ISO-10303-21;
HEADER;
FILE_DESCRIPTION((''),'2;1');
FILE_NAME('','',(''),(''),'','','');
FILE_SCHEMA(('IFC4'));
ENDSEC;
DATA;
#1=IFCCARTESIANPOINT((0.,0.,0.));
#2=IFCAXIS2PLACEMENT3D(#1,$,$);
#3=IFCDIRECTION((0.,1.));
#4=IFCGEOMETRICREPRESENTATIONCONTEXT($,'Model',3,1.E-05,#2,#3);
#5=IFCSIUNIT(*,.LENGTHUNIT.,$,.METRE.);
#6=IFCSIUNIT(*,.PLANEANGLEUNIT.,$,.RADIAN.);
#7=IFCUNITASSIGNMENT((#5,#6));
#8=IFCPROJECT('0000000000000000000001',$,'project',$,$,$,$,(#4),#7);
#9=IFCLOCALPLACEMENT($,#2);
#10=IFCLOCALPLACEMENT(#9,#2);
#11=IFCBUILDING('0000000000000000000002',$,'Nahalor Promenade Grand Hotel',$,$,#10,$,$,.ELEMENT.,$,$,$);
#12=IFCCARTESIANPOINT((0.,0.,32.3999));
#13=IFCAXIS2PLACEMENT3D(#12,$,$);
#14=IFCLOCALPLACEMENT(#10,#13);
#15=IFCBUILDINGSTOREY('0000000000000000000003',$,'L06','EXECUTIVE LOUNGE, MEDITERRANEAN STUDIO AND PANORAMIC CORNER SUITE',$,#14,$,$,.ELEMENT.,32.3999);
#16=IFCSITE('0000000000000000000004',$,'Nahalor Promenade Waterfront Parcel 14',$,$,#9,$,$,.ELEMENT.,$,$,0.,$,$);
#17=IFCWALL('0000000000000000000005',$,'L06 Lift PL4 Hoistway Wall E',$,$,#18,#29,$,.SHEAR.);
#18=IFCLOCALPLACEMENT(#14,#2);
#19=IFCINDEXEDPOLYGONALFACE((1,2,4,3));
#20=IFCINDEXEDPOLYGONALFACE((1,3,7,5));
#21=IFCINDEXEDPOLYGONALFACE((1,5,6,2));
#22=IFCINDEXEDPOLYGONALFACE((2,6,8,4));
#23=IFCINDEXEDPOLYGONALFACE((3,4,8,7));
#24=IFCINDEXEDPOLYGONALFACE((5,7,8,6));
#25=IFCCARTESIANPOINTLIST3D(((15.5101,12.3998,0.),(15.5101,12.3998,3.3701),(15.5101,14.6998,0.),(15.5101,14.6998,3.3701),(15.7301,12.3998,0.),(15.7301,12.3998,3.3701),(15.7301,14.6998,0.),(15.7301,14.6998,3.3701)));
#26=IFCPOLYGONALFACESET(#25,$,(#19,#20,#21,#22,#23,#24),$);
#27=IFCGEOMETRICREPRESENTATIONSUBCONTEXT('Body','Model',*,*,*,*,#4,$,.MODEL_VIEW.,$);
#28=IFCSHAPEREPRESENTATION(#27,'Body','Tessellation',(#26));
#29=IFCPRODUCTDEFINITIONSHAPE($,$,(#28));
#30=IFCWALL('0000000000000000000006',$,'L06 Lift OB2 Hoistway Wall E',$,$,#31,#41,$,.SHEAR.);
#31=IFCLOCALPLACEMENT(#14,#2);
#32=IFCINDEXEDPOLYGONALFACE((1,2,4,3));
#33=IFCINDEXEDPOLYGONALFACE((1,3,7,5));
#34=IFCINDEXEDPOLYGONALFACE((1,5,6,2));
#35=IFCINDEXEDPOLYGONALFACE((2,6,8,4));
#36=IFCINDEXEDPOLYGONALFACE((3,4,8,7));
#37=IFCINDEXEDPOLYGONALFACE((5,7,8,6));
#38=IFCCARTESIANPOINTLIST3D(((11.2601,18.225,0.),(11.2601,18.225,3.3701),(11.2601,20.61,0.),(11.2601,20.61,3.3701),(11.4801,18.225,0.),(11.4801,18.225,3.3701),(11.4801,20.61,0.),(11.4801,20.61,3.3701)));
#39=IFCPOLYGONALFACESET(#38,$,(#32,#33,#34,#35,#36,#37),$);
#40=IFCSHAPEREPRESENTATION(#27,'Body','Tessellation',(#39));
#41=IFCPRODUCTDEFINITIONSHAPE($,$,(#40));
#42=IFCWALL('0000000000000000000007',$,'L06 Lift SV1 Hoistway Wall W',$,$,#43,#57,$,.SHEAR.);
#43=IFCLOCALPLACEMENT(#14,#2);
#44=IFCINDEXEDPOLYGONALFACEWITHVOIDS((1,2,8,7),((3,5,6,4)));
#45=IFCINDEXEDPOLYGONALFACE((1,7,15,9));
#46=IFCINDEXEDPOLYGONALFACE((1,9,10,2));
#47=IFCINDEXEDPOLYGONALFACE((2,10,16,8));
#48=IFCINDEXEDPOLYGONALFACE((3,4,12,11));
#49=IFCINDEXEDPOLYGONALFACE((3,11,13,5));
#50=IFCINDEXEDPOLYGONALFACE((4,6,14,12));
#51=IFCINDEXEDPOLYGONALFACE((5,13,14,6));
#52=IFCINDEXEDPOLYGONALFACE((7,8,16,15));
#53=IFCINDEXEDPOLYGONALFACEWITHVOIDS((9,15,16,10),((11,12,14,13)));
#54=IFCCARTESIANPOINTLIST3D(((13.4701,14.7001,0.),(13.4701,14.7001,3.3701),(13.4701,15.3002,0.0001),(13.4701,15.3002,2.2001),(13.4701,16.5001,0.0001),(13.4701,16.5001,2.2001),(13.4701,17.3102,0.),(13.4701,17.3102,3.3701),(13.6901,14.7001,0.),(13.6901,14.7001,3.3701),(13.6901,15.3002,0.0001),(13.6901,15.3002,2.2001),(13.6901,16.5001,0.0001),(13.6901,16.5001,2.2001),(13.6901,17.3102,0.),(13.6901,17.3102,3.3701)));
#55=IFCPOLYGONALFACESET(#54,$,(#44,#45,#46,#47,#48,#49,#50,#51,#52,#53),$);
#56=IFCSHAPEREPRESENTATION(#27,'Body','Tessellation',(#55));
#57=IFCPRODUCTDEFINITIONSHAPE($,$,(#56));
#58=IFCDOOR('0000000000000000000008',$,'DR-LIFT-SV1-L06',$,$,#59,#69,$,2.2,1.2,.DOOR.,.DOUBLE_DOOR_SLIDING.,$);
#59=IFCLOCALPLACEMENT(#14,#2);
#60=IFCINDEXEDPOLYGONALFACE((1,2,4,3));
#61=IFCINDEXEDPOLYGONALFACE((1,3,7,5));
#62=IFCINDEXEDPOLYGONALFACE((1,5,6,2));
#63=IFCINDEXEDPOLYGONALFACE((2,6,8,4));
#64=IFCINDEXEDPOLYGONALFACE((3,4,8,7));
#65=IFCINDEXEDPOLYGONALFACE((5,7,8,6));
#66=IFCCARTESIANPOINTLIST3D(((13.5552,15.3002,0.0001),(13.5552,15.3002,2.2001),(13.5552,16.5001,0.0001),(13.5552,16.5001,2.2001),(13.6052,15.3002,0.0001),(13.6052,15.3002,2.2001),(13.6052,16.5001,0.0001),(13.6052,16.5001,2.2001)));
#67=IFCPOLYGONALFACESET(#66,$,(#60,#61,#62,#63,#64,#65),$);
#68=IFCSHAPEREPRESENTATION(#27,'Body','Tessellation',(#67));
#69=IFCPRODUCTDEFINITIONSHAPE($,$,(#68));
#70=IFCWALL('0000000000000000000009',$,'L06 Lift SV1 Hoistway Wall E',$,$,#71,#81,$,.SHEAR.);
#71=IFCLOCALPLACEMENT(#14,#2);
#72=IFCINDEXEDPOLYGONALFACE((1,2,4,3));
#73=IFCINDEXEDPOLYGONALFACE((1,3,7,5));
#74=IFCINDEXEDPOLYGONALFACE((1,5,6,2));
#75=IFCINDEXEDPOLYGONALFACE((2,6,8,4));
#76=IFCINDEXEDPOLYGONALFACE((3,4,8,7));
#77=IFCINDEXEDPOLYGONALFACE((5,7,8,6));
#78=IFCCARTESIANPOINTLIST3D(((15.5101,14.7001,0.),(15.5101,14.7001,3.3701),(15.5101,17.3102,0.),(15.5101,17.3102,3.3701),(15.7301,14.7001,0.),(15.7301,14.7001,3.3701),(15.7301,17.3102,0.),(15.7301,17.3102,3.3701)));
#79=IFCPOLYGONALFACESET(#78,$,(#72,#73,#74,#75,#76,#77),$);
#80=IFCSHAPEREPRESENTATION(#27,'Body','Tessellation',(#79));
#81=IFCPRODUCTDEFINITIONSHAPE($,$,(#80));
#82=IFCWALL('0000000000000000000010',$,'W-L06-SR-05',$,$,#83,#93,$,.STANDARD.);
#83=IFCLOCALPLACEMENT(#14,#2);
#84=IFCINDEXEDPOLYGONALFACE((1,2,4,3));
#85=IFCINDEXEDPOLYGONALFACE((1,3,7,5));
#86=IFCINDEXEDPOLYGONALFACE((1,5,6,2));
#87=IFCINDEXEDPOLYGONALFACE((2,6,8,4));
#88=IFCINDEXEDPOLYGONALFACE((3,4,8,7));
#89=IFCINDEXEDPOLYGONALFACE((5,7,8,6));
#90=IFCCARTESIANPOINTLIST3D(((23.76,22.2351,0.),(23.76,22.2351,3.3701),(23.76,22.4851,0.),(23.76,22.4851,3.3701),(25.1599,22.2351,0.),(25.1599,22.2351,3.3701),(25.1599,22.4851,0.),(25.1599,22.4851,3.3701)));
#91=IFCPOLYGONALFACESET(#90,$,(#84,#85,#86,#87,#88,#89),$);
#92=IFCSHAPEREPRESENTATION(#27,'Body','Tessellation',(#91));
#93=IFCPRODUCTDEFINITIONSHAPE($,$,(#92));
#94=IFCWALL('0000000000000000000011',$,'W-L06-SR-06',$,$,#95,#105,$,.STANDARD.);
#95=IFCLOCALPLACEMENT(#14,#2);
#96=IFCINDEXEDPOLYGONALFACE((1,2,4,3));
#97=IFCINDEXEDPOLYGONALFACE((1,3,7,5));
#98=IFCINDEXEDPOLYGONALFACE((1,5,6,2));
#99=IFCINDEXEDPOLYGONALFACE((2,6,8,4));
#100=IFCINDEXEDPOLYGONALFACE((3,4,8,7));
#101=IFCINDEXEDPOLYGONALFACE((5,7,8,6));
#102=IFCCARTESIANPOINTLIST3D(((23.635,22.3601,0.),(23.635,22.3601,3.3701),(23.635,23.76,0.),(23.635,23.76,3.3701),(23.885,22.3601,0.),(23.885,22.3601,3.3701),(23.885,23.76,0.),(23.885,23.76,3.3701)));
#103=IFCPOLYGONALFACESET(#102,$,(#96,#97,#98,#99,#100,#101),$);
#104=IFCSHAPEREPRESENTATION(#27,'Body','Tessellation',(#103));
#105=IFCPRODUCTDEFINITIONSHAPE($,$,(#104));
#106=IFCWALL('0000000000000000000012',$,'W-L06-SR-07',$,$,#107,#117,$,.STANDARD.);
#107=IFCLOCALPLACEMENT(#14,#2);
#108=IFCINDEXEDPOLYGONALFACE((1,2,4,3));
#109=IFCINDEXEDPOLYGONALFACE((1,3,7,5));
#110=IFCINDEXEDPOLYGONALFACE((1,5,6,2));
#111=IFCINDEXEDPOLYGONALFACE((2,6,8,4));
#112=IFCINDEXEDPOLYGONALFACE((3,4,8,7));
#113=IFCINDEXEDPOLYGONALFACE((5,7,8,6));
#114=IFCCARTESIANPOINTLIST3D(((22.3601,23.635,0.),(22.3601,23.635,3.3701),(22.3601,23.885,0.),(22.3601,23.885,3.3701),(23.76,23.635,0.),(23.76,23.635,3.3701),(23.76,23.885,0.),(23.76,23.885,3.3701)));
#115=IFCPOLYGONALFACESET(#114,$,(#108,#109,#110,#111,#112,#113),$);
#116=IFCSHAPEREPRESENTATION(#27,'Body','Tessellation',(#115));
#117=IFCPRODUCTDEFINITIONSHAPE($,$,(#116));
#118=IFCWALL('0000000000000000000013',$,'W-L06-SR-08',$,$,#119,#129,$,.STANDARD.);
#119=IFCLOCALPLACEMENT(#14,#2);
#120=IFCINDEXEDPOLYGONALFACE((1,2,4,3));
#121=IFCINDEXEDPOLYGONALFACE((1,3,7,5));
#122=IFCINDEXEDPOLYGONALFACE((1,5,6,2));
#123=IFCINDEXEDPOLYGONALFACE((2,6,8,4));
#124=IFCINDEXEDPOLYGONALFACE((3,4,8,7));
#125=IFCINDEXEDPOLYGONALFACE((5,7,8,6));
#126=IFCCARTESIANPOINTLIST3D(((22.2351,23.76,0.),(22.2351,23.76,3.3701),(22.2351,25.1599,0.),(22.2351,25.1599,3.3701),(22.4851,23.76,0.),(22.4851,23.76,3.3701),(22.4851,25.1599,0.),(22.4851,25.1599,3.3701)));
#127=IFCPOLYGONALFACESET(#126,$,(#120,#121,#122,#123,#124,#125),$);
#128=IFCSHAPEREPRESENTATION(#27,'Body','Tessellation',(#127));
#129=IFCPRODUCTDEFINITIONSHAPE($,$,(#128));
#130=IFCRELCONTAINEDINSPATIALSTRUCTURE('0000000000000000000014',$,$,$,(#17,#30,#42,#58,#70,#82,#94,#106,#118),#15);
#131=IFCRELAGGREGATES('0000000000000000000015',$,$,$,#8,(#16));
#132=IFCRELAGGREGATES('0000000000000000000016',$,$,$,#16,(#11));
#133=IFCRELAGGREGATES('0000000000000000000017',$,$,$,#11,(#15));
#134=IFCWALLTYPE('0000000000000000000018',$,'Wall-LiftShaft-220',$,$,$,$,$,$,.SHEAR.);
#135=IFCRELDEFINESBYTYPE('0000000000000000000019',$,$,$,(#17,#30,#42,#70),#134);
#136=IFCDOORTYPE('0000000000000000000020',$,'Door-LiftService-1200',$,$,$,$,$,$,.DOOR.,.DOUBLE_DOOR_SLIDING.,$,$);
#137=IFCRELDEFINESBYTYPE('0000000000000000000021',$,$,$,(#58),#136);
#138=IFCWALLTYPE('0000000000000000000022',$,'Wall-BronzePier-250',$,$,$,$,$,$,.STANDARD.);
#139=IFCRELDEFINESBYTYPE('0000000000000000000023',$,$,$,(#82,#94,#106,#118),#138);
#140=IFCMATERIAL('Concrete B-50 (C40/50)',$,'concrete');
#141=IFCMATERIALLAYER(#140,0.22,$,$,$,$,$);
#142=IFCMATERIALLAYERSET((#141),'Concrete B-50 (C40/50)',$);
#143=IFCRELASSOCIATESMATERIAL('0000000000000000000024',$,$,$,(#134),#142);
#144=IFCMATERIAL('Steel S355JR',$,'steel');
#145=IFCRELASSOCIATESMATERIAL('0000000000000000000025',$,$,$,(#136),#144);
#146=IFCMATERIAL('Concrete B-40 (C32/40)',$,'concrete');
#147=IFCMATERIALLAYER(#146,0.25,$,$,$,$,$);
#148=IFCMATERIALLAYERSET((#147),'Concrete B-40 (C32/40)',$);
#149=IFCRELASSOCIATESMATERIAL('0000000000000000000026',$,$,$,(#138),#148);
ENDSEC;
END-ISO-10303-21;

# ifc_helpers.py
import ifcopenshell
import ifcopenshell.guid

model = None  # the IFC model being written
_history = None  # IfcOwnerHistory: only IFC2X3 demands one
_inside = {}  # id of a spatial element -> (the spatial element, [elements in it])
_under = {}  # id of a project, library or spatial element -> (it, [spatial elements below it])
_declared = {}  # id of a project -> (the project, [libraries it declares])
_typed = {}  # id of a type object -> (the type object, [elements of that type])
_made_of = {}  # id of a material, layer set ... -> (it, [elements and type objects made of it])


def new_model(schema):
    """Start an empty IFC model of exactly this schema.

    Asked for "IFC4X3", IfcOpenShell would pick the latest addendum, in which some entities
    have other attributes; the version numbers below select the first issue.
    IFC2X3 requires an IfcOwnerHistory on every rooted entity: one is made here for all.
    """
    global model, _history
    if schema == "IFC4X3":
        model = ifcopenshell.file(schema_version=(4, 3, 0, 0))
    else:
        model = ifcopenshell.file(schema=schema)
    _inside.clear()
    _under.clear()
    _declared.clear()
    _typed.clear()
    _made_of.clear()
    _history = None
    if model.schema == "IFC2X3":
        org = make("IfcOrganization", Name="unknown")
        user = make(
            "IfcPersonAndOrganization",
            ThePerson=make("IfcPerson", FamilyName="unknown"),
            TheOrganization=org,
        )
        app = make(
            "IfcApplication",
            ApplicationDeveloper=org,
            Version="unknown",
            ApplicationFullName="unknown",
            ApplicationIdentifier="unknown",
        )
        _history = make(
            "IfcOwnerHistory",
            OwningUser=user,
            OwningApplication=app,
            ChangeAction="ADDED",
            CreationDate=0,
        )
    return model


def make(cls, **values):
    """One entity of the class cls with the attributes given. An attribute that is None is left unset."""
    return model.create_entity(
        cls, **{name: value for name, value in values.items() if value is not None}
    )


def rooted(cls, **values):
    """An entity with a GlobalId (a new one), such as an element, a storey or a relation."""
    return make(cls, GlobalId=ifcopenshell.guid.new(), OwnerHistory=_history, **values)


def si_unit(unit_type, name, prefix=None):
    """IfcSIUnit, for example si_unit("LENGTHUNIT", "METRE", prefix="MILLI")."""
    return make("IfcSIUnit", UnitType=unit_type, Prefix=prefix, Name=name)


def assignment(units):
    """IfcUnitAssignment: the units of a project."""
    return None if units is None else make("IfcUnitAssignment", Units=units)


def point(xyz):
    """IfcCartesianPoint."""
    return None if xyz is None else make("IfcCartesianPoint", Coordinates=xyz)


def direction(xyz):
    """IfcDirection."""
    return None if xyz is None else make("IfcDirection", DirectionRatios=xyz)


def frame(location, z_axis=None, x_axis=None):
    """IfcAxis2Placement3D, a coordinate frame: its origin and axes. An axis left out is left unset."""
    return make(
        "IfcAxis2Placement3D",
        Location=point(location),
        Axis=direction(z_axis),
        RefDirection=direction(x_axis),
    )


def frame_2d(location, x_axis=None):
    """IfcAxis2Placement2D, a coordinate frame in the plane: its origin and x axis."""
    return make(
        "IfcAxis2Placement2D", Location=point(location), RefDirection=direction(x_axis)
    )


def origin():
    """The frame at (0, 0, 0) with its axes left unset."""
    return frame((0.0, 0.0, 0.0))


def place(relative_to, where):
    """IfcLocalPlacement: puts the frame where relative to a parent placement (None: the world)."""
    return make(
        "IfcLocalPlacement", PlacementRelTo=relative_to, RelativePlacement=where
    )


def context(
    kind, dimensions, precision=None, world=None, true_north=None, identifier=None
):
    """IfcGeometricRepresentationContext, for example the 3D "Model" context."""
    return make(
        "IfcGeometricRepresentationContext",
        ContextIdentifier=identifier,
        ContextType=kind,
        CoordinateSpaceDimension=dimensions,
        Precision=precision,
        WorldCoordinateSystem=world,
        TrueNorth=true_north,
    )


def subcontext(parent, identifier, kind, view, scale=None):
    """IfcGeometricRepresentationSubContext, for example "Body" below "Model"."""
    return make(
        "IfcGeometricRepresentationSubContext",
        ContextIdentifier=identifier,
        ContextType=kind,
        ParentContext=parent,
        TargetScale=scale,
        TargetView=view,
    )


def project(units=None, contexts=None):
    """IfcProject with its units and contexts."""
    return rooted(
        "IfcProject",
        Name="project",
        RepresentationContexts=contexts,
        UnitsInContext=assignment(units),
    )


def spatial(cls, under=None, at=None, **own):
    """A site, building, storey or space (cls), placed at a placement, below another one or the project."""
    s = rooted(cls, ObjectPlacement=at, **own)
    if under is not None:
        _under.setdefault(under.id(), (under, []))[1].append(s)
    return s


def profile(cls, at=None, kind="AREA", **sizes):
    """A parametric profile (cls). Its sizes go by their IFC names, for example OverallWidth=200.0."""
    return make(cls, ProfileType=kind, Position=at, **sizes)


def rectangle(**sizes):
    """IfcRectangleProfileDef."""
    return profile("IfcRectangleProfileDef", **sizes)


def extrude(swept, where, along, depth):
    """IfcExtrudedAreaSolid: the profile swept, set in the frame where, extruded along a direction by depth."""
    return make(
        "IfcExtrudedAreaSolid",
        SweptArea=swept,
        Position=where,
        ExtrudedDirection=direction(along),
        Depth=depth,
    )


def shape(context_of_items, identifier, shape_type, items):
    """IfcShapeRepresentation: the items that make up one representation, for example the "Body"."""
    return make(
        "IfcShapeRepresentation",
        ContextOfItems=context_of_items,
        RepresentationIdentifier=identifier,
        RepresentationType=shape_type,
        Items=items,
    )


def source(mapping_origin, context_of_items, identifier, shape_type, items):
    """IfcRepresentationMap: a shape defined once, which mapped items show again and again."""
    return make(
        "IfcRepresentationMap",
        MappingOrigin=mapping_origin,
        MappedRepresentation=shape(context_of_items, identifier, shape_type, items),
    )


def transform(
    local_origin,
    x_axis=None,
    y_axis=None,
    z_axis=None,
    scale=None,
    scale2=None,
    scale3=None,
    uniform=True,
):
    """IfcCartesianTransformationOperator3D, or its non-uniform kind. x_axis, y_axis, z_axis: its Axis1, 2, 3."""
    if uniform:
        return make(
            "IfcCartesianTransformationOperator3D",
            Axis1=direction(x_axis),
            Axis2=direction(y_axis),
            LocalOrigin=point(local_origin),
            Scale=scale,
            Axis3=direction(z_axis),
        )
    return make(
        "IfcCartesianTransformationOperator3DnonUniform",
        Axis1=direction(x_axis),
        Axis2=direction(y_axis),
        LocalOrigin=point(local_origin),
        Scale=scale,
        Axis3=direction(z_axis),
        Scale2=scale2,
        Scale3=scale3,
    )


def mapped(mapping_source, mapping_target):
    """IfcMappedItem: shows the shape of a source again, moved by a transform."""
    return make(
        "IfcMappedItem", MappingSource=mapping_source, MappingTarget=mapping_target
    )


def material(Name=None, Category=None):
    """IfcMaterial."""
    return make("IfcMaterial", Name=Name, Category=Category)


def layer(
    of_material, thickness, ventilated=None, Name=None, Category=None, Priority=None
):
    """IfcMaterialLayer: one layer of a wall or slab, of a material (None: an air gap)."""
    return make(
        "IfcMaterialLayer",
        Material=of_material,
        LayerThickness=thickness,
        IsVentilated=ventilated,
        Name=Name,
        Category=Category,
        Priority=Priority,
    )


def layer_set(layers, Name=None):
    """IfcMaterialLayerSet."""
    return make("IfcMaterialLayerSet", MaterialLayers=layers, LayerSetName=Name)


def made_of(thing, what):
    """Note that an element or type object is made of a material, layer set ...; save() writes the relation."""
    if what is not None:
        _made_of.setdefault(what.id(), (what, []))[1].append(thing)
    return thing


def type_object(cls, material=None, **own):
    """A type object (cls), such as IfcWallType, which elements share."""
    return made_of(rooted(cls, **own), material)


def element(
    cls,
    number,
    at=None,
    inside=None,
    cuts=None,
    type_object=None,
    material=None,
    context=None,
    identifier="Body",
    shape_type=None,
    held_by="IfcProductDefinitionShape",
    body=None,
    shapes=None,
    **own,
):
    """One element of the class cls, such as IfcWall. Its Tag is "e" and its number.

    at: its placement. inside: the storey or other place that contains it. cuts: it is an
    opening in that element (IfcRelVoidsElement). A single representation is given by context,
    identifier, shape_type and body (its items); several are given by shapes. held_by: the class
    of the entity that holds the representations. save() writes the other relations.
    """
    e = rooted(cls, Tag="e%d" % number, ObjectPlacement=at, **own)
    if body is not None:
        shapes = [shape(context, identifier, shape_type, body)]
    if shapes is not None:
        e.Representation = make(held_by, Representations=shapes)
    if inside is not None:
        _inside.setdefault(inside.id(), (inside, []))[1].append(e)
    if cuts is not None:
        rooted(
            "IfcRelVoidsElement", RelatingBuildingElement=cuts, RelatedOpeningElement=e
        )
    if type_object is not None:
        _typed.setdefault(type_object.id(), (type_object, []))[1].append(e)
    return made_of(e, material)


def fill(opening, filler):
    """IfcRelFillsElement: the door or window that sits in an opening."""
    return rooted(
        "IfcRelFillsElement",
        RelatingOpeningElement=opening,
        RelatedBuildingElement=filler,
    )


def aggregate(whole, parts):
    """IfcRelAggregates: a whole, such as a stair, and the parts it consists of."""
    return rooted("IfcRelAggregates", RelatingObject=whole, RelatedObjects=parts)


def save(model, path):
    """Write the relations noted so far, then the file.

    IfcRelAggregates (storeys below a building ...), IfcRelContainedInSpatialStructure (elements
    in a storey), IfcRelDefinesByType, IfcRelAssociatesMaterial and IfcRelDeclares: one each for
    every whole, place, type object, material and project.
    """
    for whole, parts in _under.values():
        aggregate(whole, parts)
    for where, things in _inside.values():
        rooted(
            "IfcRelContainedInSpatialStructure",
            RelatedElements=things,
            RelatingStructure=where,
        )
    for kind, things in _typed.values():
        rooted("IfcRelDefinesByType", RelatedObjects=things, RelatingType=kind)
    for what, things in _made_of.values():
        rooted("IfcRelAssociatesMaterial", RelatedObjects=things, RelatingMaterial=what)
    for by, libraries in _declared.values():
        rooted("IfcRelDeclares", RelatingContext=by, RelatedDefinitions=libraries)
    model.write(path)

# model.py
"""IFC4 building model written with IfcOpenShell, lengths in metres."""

from ifc_helpers import new_model, si_unit, direction, frame, frame_2d, origin, place, context, subcontext, project, spatial, rectangle, extrude, source, transform, mapped, material, layer, layer_set, type_object, element, fill, save


model = new_model("IFC4")

# Units and contexts
model_context = context("Model", 3, precision=1e-05, world=origin(), true_north=direction((0.0, 1.0)))
body_context = subcontext(model_context, "Body", "Model", "MODEL_VIEW")
ifc_project = project(units=[si_unit("LENGTHUNIT", "METRE"), si_unit("PLANEANGLEUNIT", "RADIAN")], contexts=[model_context])

# Site, building, storey
site_placement = place(None, origin())
site = spatial("IfcSite", under=ifc_project, at=site_placement, Name="Nahalor Promenade Waterfront Parcel 14", CompositionType="ELEMENT", RefElevation=0.0)
building_placement = place(site_placement, origin())
building = spatial("IfcBuilding", under=site, at=building_placement, Name="Nahalor Promenade Grand Hotel", CompositionType="ELEMENT")
storey_placement = place(building_placement, frame((0.0, 0.0, 32.3999)))
storey = spatial("IfcBuildingStorey", under=building, at=storey_placement, Name="L06", Description="EXECUTIVE LOUNGE, MEDITERRANEAN STUDIO AND PANORAMIC CORNER SUITE", CompositionType="ELEMENT", Elevation=32.3999)

# Shared definitions
ifc_material_1 = material(Name="Steel S355JR", Category="steel")

# Shared definitions
ifc_material_2 = material(Name="Concrete B-50 (C40/50)", Category="concrete")
ifc_layer_1 = layer(ifc_material_2, 0.22)
ifc_layer_set_1 = layer_set([ifc_layer_1], Name="Concrete B-50 (C40/50)")
wall_type_1 = type_object("IfcWallType", Name="Wall-LiftShaft-220", PredefinedType="SHEAR", material=ifc_layer_set_1)

# Shared definitions
shared_shape_1 = source(origin(), body_context, "Body", "SweptSolid", [
    extrude(rectangle(XDim=2.3, YDim=0.22, at=frame_2d((1.1499, 0.0))), origin(), (0.0, 0.0, 1.0), 3.3701),
])

# Walls
wall_1_placement = place(storey_placement, frame((15.6201, 12.3999, 0.0), z_axis=(0.0, 0.0, 1.0), x_axis=(0.0, 1.0, 0.0)))
element("IfcWall", 1, at=wall_1_placement, inside=storey, type_object=wall_type_1, Name="L06 Lift PL4 Hoistway Wall E", PredefinedType="SHEAR", context=body_context, shape_type="MappedRepresentation", body=[
    mapped(shared_shape_1, transform((0.0, 0.0, 0.0), scale=1.0)),
])
shared_shape_2 = source(origin(), body_context, "Body", "SweptSolid", [
    extrude(rectangle(XDim=2.385, YDim=0.22, at=frame_2d((1.1924, 0.0))), origin(), (0.0, 0.0, 1.0), 3.3701),
])
wall_2_placement = place(storey_placement, frame((11.3701, 18.2251, 0.0), z_axis=(0.0, 0.0, 1.0), x_axis=(0.0, 1.0, 0.0)))
element("IfcWall", 2, at=wall_2_placement, inside=storey, type_object=wall_type_1, Name="L06 Lift OB2 Hoistway Wall E", PredefinedType="SHEAR", context=body_context, shape_type="MappedRepresentation", body=[
    mapped(shared_shape_2, transform((0.0, 0.0, 0.0), scale=1.0)),
])

# Wall, opening, door
shared_shape_3 = source(origin(), body_context, "Body", "SweptSolid", [
    extrude(rectangle(XDim=2.6101, YDim=0.22, at=frame_2d((1.3052, 0.0))), origin(), (0.0, 0.0, 1.0), 3.3701),
])
wall_3_placement = place(storey_placement, frame((13.5801, 14.7, 0.0), z_axis=(0.0, 0.0, 1.0), x_axis=(0.0, 1.0, 0.0)))
wall_3 = element("IfcWall", 3, at=wall_3_placement, inside=storey, type_object=wall_type_1, Name="L06 Lift SV1 Hoistway Wall W", PredefinedType="SHEAR", context=body_context, shape_type="MappedRepresentation", body=[
    mapped(shared_shape_3, transform((0.0, 0.0, 0.0), scale=1.0)),
])
opening_1_placement = place(wall_3_placement, frame((0.6001, 0.0, 0.0)))
opening_1 = element("IfcOpeningElement", 4, at=opening_1_placement, cuts=wall_3, PredefinedType="OPENING", context=body_context, shape_type="SweptSolid", body=[
    extrude(rectangle(XDim=1.2, YDim=2.2, at=frame_2d((0.6001, 1.1001))), frame((0.0, 0.1199, 0.0), z_axis=(0.0, -1.0, 0.0), x_axis=(1.0, 0.0, 0.0)), (0.0, 0.0, 1.0), 0.24),
])
door_type_1 = type_object("IfcDoorType", Name="Door-LiftService-1200", OperationType="DOUBLE_DOOR_SLIDING", PredefinedType="DOOR", material=ifc_material_1)
shared_shape_4 = source(origin(), body_context, "Body", "SweptSolid", [
    extrude(rectangle(XDim=1.2, YDim=2.2, at=frame_2d((0.6001, 1.1001))), frame((0.0, 0.0249, 0.0), z_axis=(0.0, -1.0, 0.0), x_axis=(1.0, 0.0, 0.0)), (0.0, 0.0, 1.0), 0.05),
])
door_1_placement = place(opening_1_placement, origin())
door_1 = element("IfcDoor", 5, at=door_1_placement, inside=storey, type_object=door_type_1, Name="DR-LIFT-SV1-L06", OperationType="DOUBLE_DOOR_SLIDING", OverallHeight=2.2, OverallWidth=1.2, PredefinedType="DOOR", context=body_context, shape_type="MappedRepresentation", body=[
    mapped(shared_shape_4, transform((0.0, 0.0, 0.0), scale=1.0)),
])
fill(opening_1, door_1)

# Walls
wall_4_placement = place(storey_placement, frame((15.6201, 14.7, 0.0), z_axis=(0.0, 0.0, 1.0), x_axis=(0.0, 1.0, 0.0)))
element("IfcWall", 6, at=wall_4_placement, inside=storey, type_object=wall_type_1, Name="L06 Lift SV1 Hoistway Wall E", PredefinedType="SHEAR", context=body_context, shape_type="MappedRepresentation", body=[
    mapped(shared_shape_3, transform((0.0, 0.0, 0.0), scale=1.0)),
])
ifc_material_3 = material(Name="Concrete B-40 (C32/40)", Category="concrete")
ifc_layer_2 = layer(ifc_material_3, 0.25)
ifc_layer_set_2 = layer_set([ifc_layer_2], Name="Concrete B-40 (C32/40)")
wall_type_2 = type_object("IfcWallType", Name="Wall-BronzePier-250", PredefinedType="STANDARD", material=ifc_layer_set_2)
shared_shape_5 = source(origin(), body_context, "Body", "SweptSolid", [
    extrude(rectangle(XDim=1.3999, YDim=0.25, at=frame_2d((0.7, 0.0))), origin(), (0.0, 0.0, 1.0), 3.3701),
])
for number, where, z_axis, x_axis, name in (
    (7, (23.76, 22.3601, 0.0), (0.0, 0.0, 1.0), (1.0, 0.0, 0.0), "W-L06-SR-05"),
    (8, (23.76, 22.3601, 0.0), (0.0, 0.0, 1.0), (0.0, 1.0, 0.0), "W-L06-SR-06"),
    (9, (22.3601, 23.76, 0.0), (0.0, 0.0, 1.0), (1.0, 0.0, 0.0), "W-L06-SR-07"),
    (10, (22.3601, 23.76, 0.0), (0.0, 0.0, 1.0), (0.0, 1.0, 0.0), "W-L06-SR-08"),
):
    element("IfcWall", number, at=place(storey_placement, frame(where, z_axis=z_axis, x_axis=x_axis)), inside=storey, type_object=wall_type_2, Name=name, PredefinedType="STANDARD", context=body_context, shape_type="MappedRepresentation", body=[
        mapped(shared_shape_5, transform((0.0, 0.0, 0.0), scale=1.0)),
    ])

save(model, "model.ifc")
